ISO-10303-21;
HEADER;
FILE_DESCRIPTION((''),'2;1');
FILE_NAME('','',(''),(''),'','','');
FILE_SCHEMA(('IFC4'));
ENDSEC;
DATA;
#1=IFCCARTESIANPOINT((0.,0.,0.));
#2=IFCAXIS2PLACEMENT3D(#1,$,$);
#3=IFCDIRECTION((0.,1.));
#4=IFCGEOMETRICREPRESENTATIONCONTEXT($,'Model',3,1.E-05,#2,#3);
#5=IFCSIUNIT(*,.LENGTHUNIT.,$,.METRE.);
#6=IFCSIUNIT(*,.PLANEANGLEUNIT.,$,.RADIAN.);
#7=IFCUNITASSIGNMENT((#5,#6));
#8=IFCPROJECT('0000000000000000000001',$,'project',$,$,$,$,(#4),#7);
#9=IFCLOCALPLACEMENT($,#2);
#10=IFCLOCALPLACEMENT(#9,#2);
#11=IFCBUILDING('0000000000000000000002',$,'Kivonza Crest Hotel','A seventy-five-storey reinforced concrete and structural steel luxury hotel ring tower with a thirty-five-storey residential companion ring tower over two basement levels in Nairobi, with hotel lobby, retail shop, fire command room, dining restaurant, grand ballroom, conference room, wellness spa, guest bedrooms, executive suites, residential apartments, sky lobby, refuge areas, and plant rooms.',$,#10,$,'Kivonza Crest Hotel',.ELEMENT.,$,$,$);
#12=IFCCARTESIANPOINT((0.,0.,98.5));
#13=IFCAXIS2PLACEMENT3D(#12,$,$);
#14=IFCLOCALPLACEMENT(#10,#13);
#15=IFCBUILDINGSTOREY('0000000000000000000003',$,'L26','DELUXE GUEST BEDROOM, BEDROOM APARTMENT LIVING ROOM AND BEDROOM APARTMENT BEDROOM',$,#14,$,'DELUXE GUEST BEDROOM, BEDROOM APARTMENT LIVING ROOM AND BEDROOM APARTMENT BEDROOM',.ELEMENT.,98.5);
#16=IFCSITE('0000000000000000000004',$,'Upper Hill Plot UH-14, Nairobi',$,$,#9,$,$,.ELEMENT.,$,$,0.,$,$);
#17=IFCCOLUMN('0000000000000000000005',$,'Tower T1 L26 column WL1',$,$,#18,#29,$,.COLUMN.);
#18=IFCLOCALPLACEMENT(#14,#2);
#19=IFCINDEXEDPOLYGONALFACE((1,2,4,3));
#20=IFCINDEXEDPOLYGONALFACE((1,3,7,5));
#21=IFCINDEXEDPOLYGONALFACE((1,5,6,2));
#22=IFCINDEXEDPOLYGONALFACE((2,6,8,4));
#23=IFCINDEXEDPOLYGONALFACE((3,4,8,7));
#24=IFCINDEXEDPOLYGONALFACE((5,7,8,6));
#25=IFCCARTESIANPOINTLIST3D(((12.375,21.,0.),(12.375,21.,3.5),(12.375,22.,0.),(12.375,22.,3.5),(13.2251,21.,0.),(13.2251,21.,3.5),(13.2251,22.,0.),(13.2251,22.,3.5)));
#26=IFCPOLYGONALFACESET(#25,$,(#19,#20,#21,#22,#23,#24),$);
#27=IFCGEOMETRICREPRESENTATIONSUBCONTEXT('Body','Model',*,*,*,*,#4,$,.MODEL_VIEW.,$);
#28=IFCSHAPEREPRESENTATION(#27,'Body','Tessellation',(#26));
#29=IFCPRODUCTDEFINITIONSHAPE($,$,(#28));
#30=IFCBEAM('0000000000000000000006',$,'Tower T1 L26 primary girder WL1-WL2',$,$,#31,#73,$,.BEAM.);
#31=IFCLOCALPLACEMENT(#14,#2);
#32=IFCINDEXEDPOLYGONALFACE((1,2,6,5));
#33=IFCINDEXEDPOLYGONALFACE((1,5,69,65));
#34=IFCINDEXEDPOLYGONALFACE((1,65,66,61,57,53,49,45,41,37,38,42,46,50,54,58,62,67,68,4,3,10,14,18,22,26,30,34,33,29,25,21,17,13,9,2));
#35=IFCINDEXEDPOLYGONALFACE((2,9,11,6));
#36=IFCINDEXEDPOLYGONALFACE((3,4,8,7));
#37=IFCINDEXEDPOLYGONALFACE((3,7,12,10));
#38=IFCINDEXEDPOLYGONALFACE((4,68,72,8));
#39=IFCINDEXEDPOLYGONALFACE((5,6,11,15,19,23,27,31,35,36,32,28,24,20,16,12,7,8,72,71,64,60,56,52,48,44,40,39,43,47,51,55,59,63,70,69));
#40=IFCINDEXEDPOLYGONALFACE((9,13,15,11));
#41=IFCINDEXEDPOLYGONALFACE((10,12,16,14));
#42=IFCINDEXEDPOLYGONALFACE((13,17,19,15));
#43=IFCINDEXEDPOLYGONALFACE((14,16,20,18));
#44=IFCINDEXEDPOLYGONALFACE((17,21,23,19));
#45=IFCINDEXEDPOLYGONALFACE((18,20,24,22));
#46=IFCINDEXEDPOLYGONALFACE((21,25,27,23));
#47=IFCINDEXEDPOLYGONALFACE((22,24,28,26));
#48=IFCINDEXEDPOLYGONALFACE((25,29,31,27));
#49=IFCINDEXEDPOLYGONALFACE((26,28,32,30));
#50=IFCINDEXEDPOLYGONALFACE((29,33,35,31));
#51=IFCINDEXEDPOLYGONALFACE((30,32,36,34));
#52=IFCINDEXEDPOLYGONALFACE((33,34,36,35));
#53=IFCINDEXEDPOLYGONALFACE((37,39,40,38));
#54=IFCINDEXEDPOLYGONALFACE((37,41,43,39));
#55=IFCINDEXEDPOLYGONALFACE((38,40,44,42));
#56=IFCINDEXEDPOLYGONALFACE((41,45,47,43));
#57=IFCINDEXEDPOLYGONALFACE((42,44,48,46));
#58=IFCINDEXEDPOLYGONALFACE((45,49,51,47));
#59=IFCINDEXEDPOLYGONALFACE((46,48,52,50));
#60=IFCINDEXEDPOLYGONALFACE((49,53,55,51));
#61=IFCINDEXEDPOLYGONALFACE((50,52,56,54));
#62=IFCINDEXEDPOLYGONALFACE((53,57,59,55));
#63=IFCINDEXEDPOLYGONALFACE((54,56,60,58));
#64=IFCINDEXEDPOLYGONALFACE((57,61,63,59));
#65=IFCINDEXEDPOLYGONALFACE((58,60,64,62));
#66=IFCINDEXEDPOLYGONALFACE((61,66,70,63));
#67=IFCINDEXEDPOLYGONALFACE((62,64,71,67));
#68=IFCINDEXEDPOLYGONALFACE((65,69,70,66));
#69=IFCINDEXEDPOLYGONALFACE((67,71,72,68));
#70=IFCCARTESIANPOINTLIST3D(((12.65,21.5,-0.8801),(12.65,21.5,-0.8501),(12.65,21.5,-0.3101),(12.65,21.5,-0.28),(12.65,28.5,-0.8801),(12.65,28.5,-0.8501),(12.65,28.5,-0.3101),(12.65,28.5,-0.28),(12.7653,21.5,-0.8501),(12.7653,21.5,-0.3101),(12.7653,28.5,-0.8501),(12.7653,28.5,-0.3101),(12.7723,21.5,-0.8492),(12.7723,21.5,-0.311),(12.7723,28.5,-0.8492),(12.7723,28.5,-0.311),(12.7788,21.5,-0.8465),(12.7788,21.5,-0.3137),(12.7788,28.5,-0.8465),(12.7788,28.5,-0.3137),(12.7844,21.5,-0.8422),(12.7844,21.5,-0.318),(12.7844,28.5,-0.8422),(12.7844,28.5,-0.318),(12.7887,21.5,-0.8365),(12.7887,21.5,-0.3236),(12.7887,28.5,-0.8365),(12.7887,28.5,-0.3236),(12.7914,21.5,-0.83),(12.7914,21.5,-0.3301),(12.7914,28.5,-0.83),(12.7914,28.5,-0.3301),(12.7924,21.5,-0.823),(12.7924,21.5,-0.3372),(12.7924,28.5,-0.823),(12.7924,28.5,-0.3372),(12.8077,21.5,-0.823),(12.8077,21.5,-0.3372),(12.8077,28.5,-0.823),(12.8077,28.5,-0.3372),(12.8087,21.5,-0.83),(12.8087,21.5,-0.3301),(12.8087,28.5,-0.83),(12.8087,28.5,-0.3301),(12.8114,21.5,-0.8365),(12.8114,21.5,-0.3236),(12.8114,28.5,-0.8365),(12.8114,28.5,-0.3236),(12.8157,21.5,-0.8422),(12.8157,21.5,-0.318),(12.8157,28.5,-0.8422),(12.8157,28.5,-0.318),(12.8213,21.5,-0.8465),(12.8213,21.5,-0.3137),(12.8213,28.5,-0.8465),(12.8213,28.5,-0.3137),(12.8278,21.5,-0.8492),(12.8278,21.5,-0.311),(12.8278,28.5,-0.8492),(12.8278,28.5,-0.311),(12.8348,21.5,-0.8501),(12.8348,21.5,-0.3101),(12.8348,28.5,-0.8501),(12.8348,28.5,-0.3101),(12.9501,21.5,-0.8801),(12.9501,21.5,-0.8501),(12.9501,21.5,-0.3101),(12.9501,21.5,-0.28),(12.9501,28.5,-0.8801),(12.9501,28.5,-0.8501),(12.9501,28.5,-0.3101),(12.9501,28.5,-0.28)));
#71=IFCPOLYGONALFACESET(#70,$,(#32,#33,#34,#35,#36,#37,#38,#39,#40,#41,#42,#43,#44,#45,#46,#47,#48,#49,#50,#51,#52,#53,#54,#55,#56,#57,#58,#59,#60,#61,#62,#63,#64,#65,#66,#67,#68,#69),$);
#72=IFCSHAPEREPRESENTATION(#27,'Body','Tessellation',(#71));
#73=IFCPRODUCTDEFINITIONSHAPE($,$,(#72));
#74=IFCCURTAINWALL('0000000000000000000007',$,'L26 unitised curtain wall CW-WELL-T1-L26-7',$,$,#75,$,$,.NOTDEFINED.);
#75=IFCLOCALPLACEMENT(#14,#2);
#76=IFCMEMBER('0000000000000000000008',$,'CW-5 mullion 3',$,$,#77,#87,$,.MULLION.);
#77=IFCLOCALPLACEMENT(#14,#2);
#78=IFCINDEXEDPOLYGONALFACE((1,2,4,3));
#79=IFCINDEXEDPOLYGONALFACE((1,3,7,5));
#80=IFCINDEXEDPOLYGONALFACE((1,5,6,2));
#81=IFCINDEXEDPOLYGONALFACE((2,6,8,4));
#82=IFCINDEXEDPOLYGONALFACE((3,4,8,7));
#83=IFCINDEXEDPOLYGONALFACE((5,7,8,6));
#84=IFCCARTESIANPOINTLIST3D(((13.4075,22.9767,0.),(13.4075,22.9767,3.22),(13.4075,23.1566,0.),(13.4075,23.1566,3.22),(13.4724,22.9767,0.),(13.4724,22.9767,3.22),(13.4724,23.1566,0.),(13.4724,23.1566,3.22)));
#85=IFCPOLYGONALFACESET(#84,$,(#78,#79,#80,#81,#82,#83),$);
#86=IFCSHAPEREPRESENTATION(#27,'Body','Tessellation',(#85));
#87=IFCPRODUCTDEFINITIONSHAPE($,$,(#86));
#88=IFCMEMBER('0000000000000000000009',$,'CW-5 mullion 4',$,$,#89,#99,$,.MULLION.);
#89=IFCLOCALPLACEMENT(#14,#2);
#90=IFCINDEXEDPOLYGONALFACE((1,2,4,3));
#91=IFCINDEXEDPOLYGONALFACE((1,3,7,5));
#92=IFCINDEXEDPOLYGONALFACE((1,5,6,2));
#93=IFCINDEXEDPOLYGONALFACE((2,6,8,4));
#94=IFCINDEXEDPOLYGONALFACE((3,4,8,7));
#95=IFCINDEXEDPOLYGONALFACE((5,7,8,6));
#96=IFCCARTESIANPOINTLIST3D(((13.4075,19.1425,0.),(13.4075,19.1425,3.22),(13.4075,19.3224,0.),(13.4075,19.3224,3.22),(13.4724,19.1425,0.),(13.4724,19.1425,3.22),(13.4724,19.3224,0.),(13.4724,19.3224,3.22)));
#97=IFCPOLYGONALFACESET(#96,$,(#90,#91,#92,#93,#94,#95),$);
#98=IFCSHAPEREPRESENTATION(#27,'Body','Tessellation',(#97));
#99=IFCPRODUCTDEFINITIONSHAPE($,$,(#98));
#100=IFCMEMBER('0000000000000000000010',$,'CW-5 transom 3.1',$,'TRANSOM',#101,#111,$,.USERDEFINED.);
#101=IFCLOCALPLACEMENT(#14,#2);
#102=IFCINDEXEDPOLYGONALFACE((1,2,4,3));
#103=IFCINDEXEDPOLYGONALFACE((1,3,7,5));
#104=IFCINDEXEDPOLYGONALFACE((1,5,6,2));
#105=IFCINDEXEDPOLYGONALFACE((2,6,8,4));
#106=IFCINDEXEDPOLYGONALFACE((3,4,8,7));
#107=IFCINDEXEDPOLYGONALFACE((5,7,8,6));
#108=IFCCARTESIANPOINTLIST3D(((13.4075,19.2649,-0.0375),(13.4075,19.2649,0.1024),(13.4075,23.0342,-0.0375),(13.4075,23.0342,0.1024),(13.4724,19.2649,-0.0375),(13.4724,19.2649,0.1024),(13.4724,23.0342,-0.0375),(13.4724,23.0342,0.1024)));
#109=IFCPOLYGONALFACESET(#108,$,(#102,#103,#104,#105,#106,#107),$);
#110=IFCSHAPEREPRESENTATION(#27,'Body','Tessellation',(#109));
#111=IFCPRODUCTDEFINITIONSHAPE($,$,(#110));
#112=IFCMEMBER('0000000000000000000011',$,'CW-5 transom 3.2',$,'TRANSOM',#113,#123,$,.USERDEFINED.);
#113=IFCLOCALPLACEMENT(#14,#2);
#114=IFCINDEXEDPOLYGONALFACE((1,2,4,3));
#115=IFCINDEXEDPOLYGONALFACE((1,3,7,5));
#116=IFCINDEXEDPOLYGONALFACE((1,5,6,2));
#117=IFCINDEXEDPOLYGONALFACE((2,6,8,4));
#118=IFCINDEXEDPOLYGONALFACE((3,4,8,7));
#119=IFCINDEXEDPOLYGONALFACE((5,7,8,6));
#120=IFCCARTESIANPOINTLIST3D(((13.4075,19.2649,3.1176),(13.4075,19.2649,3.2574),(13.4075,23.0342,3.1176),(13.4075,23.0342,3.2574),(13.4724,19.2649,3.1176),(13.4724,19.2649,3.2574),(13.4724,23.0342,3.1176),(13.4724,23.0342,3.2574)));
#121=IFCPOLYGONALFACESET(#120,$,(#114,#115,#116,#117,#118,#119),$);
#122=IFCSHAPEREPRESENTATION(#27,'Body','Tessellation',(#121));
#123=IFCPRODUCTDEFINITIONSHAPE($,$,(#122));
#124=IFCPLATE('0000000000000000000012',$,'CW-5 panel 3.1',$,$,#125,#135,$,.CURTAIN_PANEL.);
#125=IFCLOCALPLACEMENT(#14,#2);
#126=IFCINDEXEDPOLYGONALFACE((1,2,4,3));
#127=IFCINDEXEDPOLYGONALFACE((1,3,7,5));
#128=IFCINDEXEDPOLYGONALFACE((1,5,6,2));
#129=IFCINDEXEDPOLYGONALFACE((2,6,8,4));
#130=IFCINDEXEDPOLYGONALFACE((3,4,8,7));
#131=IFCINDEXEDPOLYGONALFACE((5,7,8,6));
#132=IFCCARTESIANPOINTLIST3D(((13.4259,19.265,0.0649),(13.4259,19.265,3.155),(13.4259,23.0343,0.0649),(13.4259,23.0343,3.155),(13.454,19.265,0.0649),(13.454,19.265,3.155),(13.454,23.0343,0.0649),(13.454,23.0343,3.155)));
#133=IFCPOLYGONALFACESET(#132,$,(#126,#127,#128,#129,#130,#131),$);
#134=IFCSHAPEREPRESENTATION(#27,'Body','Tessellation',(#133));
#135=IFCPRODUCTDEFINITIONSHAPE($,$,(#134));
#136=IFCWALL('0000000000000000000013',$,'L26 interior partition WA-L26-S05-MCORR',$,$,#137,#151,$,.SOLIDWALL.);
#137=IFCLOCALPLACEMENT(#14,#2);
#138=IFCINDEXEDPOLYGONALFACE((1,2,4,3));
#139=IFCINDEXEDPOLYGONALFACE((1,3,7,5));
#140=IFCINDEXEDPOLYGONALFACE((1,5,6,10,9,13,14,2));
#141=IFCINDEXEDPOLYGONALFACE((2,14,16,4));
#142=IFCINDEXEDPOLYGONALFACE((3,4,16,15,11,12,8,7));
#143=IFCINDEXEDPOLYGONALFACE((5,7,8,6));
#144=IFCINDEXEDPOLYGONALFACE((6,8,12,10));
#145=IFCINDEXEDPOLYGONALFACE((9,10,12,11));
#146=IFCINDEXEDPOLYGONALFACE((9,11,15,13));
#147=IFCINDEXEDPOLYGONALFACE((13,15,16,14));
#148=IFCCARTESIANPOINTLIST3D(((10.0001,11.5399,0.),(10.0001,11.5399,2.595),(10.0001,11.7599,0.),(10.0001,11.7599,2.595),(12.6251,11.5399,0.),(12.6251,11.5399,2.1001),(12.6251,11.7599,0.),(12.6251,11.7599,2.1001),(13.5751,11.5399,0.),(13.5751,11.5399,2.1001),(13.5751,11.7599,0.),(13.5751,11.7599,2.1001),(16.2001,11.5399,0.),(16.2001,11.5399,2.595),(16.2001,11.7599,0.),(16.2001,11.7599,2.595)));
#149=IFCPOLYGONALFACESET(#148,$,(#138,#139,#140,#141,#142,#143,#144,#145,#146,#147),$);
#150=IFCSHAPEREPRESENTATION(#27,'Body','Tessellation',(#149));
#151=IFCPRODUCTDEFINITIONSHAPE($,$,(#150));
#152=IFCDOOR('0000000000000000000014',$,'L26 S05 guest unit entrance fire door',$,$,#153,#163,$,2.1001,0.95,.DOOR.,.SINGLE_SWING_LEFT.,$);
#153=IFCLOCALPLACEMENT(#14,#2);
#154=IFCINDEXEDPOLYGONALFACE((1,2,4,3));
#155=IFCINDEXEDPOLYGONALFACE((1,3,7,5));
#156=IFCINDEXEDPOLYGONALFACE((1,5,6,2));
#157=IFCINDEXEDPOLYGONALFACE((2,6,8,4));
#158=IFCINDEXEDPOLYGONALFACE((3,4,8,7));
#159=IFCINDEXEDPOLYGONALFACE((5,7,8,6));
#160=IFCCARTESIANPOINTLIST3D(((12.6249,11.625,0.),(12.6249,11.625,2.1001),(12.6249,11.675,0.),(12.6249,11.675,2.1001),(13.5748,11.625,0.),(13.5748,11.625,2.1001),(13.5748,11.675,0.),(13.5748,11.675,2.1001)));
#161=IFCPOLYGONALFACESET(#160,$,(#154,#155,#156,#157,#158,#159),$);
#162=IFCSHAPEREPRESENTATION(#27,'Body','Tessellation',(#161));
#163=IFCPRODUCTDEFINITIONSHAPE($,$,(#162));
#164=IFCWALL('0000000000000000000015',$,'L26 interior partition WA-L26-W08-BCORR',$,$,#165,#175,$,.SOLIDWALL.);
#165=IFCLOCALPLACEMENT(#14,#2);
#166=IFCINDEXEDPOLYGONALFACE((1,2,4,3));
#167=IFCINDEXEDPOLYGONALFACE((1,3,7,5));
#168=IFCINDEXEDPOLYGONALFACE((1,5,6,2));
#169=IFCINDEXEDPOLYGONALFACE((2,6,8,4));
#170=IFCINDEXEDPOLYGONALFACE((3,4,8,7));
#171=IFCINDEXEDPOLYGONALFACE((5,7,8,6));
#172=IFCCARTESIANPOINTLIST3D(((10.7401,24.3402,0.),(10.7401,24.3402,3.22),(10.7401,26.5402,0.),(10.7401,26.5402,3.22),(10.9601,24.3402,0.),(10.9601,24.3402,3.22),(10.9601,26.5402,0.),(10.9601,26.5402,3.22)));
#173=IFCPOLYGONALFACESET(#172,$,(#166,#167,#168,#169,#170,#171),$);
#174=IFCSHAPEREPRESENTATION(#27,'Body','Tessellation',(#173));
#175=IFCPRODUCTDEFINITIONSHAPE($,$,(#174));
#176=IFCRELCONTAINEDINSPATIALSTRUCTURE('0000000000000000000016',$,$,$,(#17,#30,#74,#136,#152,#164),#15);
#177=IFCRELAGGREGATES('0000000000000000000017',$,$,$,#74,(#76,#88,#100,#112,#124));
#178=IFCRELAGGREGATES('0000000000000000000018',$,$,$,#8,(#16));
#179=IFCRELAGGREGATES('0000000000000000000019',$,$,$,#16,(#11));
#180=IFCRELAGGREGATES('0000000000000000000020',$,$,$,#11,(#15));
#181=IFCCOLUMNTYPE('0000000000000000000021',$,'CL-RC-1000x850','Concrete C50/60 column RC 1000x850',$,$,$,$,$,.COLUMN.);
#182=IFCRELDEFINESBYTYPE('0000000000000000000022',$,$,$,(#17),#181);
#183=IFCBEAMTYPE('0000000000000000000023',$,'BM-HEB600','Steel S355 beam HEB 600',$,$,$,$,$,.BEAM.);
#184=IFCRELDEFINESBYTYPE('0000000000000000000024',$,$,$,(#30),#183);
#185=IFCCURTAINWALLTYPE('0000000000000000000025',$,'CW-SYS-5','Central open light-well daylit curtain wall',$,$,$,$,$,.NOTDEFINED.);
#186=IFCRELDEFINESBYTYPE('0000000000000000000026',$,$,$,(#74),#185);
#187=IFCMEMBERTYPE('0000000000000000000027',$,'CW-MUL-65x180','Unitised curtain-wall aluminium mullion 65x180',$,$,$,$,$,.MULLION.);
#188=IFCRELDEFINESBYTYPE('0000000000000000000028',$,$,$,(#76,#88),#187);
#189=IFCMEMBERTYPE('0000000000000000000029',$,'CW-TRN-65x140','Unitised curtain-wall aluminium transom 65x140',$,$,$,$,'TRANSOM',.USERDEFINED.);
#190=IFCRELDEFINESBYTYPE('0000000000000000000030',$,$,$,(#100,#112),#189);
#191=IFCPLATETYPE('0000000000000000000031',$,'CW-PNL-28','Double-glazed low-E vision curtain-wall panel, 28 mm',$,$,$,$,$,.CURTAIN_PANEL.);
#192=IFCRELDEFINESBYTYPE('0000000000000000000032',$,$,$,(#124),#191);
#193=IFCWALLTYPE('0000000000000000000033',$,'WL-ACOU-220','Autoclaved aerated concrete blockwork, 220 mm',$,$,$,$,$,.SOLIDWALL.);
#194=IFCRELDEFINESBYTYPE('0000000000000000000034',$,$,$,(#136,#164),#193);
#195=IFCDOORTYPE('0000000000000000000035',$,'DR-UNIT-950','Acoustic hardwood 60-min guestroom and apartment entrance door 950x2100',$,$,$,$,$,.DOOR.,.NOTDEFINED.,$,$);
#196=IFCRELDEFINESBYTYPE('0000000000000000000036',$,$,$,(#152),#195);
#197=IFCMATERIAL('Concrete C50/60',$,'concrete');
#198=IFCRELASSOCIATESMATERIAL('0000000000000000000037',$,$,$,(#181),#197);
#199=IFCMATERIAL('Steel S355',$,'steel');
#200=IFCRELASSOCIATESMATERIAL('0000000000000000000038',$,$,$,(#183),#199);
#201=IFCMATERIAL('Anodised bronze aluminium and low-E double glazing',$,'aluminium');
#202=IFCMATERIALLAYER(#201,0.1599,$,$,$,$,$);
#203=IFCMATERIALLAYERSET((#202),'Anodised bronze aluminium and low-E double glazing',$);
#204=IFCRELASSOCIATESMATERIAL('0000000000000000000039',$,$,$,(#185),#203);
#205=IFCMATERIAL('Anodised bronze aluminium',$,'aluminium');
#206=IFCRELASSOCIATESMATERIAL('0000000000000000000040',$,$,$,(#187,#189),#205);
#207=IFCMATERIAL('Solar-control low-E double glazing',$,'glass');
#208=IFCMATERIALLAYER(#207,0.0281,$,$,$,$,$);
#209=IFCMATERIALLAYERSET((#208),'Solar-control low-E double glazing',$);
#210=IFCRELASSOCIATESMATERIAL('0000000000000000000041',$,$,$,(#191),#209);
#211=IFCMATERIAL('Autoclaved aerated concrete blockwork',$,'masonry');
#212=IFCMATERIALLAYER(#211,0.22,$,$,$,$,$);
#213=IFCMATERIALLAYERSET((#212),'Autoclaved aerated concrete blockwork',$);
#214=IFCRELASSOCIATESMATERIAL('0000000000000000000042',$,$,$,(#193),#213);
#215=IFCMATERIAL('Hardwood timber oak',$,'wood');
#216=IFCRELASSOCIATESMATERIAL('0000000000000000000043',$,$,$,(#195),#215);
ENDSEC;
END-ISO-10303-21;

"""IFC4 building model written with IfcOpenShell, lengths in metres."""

from ifc_helpers import new_model, si_unit, direction, frame, frame_2d, origin, origin_2d, place, context, subcontext, project, spatial, rectangle, i_section, extrude, material, layer, layer_set, material_profile, profile_set, type_object, element, fill, aggregate, save


model = new_model("IFC4")

# Units and contexts
model_context = context("Model", 3, precision=1e-05, world=origin(), true_north=direction((0.0, 1.0)))
body_context = subcontext(model_context, "Body", "Model", "MODEL_VIEW")
ifc_project = project(units=[si_unit("LENGTHUNIT", "METRE"), si_unit("PLANEANGLEUNIT", "RADIAN")], contexts=[model_context])

# Site, building, storey
site_placement = place(None, origin())
site = spatial("IfcSite", under=ifc_project, at=site_placement, Name="Upper Hill Plot UH-14, Nairobi", CompositionType="ELEMENT", RefElevation=0.0)
building_placement = place(site_placement, origin())
building = spatial("IfcBuilding", under=site, at=building_placement, Name="Kivonza Crest Hotel", Description="A seventy-five-storey reinforced concrete and structural steel luxury hotel ring tower with a thirty-five-storey residential companion ring tower over two basement levels in Nairobi, with hotel lobby, retail shop, fire command room, dining restaurant, grand ballroom, conference room, wellness spa, guest bedrooms, executive suites, residential apartments, sky lobby, refuge areas, and plant rooms.", LongName="Kivonza Crest Hotel", CompositionType="ELEMENT")
storey_placement = place(building_placement, frame((0.0, 0.0, 98.5)))
storey = spatial("IfcBuildingStorey", under=building, at=storey_placement, Name="L26", Description="DELUXE GUEST BEDROOM, BEDROOM APARTMENT LIVING ROOM AND BEDROOM APARTMENT BEDROOM", LongName="DELUXE GUEST BEDROOM, BEDROOM APARTMENT LIVING ROOM AND BEDROOM APARTMENT BEDROOM", CompositionType="ELEMENT", Elevation=98.5)

# Column
ifc_material_1 = material(Name="Concrete C50/60", Category="concrete")
ifc_material_profile_1 = material_profile(ifc_material_1, rectangle(XDim=0.8501, YDim=1.0, at=origin_2d()), Name="RC 1000x850")
ifc_profile_set_1 = profile_set([ifc_material_profile_1], Name="Concrete C50/60")
column_type = type_object("IfcColumnType", Name="CL-RC-1000x850", Description="Concrete C50/60 column RC 1000x850", PredefinedType="COLUMN", material=ifc_profile_set_1)
column_placement = place(storey_placement, frame((12.8, 21.5, 0.0), z_axis=(0.0, 0.0, 1.0), x_axis=(1.0, 0.0, 0.0)))
element("IfcColumn", 1, at=column_placement, inside=storey, type_object=column_type, Name="Tower T1 L26 column WL1", PredefinedType="COLUMN", context=body_context, shape_type="SweptSolid", body=[
    extrude(rectangle(XDim=0.8501, YDim=1.0, at=origin_2d()), origin(), (0.0, 0.0, 1.0), 3.5),
])

# Beam
ifc_material_2 = material(Name="Steel S355", Category="steel")
ifc_material_profile_2 = material_profile(ifc_material_2, i_section(OverallWidth=0.3, OverallDepth=0.6001, WebThickness=0.0154, FlangeThickness=0.03, FilletRadius=0.0271, at=origin_2d()), Name="HEB 600")
ifc_profile_set_2 = profile_set([ifc_material_profile_2], Name="Steel S355")
beam_type = type_object("IfcBeamType", Name="BM-HEB600", Description="Steel S355 beam HEB 600", PredefinedType="BEAM", material=ifc_profile_set_2)
beam_placement = place(storey_placement, frame((12.8, 21.5, -0.5801), z_axis=(0.0, 1.0, 0.0), x_axis=(-1.0, 0.0, 0.0)))
element("IfcBeam", 2, at=beam_placement, inside=storey, type_object=beam_type, Name="Tower T1 L26 primary girder WL1-WL2", PredefinedType="BEAM", context=body_context, shape_type="SweptSolid", body=[
    extrude(i_section(OverallWidth=0.3, OverallDepth=0.6001, WebThickness=0.0154, FlangeThickness=0.03, FilletRadius=0.0271, at=origin_2d()), origin(), (0.0, 0.0, 1.0), 7.0),
])

# Curtain wall, members, plate
ifc_material_3 = material(Name="Anodised bronze aluminium and low-E double glazing", Category="aluminium")
ifc_layer_1 = layer(ifc_material_3, 0.1599)
ifc_layer_set_1 = layer_set([ifc_layer_1], Name="Anodised bronze aluminium and low-E double glazing")
curtain_wall_type = type_object("IfcCurtainWallType", Name="CW-SYS-5", Description="Central open light-well daylit curtain wall", PredefinedType="NOTDEFINED", material=ifc_layer_set_1)
curtain_wall_placement = place(storey_placement, origin())
curtain_wall = element("IfcCurtainWall", 3, at=curtain_wall_placement, inside=storey, type_object=curtain_wall_type, Name="L26 unitised curtain wall CW-WELL-T1-L26-7", PredefinedType="NOTDEFINED")
ifc_material_4 = material(Name="Anodised bronze aluminium", Category="aluminium")
ifc_material_profile_3 = material_profile(ifc_material_4, rectangle(XDim=0.0649, YDim=0.1799, at=origin_2d()), Name="CW-M 65x180")
ifc_profile_set_3 = profile_set([ifc_material_profile_3], Name="Anodised bronze aluminium")
member_type_1 = type_object("IfcMemberType", Name="CW-MUL-65x180", Description="Unitised curtain-wall aluminium mullion 65x180", PredefinedType="MULLION", material=ifc_profile_set_3)
member_1_placement = place(storey_placement, frame((13.4399, 23.0667, 0.0), z_axis=(0.0, 0.0, 1.0), x_axis=(1.0, 0.0, 0.0)))
member_1 = element("IfcMember", 4, at=member_1_placement, type_object=member_type_1, Name="CW-5 mullion 3", PredefinedType="MULLION", context=body_context, shape_type="SweptSolid", body=[
    extrude(rectangle(XDim=0.0649, YDim=0.1799, at=origin_2d()), origin(), (0.0, 0.0, 1.0), 3.22),
])
member_2_placement = place(storey_placement, frame((13.4399, 19.2324, 0.0), z_axis=(0.0, 0.0, 1.0), x_axis=(1.0, 0.0, 0.0)))
member_2 = element("IfcMember", 5, at=member_2_placement, type_object=member_type_1, Name="CW-5 mullion 4", PredefinedType="MULLION", context=body_context, shape_type="SweptSolid", body=[
    extrude(rectangle(XDim=0.0649, YDim=0.1799, at=origin_2d()), origin(), (0.0, 0.0, 1.0), 3.22),
])
ifc_material_profile_4 = material_profile(ifc_material_4, rectangle(XDim=0.0649, YDim=0.1399, at=origin_2d()), Name="CW-T 65x140")
ifc_profile_set_4 = profile_set([ifc_material_profile_4], Name="Anodised bronze aluminium")
member_type_2 = type_object("IfcMemberType", Name="CW-TRN-65x140", Description="Unitised curtain-wall aluminium transom 65x140", ElementType="TRANSOM", PredefinedType="USERDEFINED", material=ifc_profile_set_4)
member_3_placement = place(storey_placement, frame((13.4399, 23.0342, 0.0325), z_axis=(0.0, -1.0, 0.0), x_axis=(1.0, 0.0, 0.0)))
member_3 = element("IfcMember", 6, at=member_3_placement, type_object=member_type_2, Name="CW-5 transom 3.1", ObjectType="TRANSOM", PredefinedType="USERDEFINED", context=body_context, shape_type="SweptSolid", body=[
    extrude(rectangle(XDim=0.0649, YDim=0.1399, at=origin_2d()), origin(), (0.0, 0.0, 1.0), 3.7693),
])
member_4_placement = place(storey_placement, frame((13.4399, 23.0342, 3.1875), z_axis=(0.0, -1.0, 0.0), x_axis=(1.0, 0.0, 0.0)))
member_4 = element("IfcMember", 7, at=member_4_placement, type_object=member_type_2, Name="CW-5 transom 3.2", ObjectType="TRANSOM", PredefinedType="USERDEFINED", context=body_context, shape_type="SweptSolid", body=[
    extrude(rectangle(XDim=0.0649, YDim=0.1399, at=origin_2d()), origin(), (0.0, 0.0, 1.0), 3.7693),
])
ifc_material_5 = material(Name="Solar-control low-E double glazing", Category="glass")
ifc_layer_2 = layer(ifc_material_5, 0.0281)
ifc_layer_set_2 = layer_set([ifc_layer_2], Name="Solar-control low-E double glazing")
plate_type = type_object("IfcPlateType", Name="CW-PNL-28", Description="Double-glazed low-E vision curtain-wall panel, 28 mm", PredefinedType="CURTAIN_PANEL", material=ifc_layer_set_2)
plate_placement = place(storey_placement, frame((13.4399, 21.1497, 0.0649), z_axis=(0.0, 0.0, 1.0), x_axis=(0.0, -1.0, 0.0)))
plate = element("IfcPlate", 8, at=plate_placement, type_object=plate_type, Name="CW-5 panel 3.1", PredefinedType="CURTAIN_PANEL", context=body_context, shape_type="SweptSolid", body=[
    extrude(rectangle(XDim=3.7693, YDim=0.0281, at=origin_2d()), origin(), (0.0, 0.0, 1.0), 3.0901),
])
aggregate(curtain_wall, [member_1, member_2, member_3, member_4, plate])

# Wall, opening, door
ifc_material_6 = material(Name="Autoclaved aerated concrete blockwork", Category="masonry")
ifc_layer_3 = layer(ifc_material_6, 0.22)
ifc_layer_set_3 = layer_set([ifc_layer_3], Name="Autoclaved aerated concrete blockwork")
wall_type_1 = type_object("IfcWallType", Name="WL-ACOU-220", Description="Autoclaved aerated concrete blockwork, 220 mm", PredefinedType="SOLIDWALL", material=ifc_layer_set_3)
wall_1_placement = place(storey_placement, frame((10.0, 11.6499, 0.0), z_axis=(0.0, 0.0, 1.0), x_axis=(1.0, 0.0, 0.0)))
wall_1 = element("IfcWall", 9, at=wall_1_placement, inside=storey, type_object=wall_type_1, Name="L26 interior partition WA-L26-S05-MCORR", PredefinedType="SOLIDWALL", context=body_context, shape_type="SweptSolid", body=[
    extrude(rectangle(XDim=6.2, YDim=0.22, at=frame_2d((3.1001, 0.0))), origin(), (0.0, 0.0, 1.0), 2.595),
])
opening_1_placement = place(wall_1_placement, frame((2.625, 0.0, 0.0)))
opening_1 = element("IfcOpeningElement", 10, at=opening_1_placement, cuts=wall_1, PredefinedType="OPENING", context=body_context, shape_type="SweptSolid", body=[
    extrude(rectangle(XDim=0.95, YDim=2.1001, at=frame_2d((0.4751, 1.05))), frame((0.0, 0.1201, 0.0), z_axis=(0.0, -1.0, 0.0), x_axis=(1.0, 0.0, 0.0)), (0.0, 0.0, 1.0), 0.24),
])
ifc_material_7 = material(Name="Hardwood timber oak", Category="wood")
door_type_1 = type_object("IfcDoorType", Name="DR-UNIT-950", Description="Acoustic hardwood 60-min guestroom and apartment entrance door 950x2100", OperationType="NOTDEFINED", PredefinedType="DOOR", material=ifc_material_7)
door_1_placement = place(opening_1_placement, frame((0.95, 0.0, 0.0), z_axis=(0.0, 0.0, 1.0), x_axis=(-1.0, 0.0, 0.0)))
door_1 = element("IfcDoor", 11, at=door_1_placement, inside=storey, type_object=door_type_1, Name="L26 S05 guest unit entrance fire door", OperationType="SINGLE_SWING_LEFT", OverallHeight=2.1001, OverallWidth=0.95, PredefinedType="DOOR", context=body_context, shape_type="SweptSolid", body=[
    extrude(rectangle(XDim=0.95, YDim=2.1001, at=frame_2d((0.4751, 1.05))), frame((0.0, 0.0249, 0.0), z_axis=(0.0, -1.0, 0.0), x_axis=(1.0, 0.0, 0.0)), (0.0, 0.0, 1.0), 0.05),
])
fill(opening_1, door_1)

# Wall
wall_2_placement = place(storey_placement, frame((10.8501, 24.3401, 0.0), z_axis=(0.0, 0.0, 1.0), x_axis=(0.0, 1.0, 0.0)))
element("IfcWall", 12, at=wall_2_placement, inside=storey, type_object=wall_type_1, Name="L26 interior partition WA-L26-W08-BCORR", PredefinedType="SOLIDWALL", context=body_context, shape_type="SweptSolid", body=[
    extrude(rectangle(XDim=2.2, YDim=0.22, at=frame_2d((1.1001, 0.0))), origin(), (0.0, 0.0, 1.0), 3.22),
])

save(model, "model.ifc")
